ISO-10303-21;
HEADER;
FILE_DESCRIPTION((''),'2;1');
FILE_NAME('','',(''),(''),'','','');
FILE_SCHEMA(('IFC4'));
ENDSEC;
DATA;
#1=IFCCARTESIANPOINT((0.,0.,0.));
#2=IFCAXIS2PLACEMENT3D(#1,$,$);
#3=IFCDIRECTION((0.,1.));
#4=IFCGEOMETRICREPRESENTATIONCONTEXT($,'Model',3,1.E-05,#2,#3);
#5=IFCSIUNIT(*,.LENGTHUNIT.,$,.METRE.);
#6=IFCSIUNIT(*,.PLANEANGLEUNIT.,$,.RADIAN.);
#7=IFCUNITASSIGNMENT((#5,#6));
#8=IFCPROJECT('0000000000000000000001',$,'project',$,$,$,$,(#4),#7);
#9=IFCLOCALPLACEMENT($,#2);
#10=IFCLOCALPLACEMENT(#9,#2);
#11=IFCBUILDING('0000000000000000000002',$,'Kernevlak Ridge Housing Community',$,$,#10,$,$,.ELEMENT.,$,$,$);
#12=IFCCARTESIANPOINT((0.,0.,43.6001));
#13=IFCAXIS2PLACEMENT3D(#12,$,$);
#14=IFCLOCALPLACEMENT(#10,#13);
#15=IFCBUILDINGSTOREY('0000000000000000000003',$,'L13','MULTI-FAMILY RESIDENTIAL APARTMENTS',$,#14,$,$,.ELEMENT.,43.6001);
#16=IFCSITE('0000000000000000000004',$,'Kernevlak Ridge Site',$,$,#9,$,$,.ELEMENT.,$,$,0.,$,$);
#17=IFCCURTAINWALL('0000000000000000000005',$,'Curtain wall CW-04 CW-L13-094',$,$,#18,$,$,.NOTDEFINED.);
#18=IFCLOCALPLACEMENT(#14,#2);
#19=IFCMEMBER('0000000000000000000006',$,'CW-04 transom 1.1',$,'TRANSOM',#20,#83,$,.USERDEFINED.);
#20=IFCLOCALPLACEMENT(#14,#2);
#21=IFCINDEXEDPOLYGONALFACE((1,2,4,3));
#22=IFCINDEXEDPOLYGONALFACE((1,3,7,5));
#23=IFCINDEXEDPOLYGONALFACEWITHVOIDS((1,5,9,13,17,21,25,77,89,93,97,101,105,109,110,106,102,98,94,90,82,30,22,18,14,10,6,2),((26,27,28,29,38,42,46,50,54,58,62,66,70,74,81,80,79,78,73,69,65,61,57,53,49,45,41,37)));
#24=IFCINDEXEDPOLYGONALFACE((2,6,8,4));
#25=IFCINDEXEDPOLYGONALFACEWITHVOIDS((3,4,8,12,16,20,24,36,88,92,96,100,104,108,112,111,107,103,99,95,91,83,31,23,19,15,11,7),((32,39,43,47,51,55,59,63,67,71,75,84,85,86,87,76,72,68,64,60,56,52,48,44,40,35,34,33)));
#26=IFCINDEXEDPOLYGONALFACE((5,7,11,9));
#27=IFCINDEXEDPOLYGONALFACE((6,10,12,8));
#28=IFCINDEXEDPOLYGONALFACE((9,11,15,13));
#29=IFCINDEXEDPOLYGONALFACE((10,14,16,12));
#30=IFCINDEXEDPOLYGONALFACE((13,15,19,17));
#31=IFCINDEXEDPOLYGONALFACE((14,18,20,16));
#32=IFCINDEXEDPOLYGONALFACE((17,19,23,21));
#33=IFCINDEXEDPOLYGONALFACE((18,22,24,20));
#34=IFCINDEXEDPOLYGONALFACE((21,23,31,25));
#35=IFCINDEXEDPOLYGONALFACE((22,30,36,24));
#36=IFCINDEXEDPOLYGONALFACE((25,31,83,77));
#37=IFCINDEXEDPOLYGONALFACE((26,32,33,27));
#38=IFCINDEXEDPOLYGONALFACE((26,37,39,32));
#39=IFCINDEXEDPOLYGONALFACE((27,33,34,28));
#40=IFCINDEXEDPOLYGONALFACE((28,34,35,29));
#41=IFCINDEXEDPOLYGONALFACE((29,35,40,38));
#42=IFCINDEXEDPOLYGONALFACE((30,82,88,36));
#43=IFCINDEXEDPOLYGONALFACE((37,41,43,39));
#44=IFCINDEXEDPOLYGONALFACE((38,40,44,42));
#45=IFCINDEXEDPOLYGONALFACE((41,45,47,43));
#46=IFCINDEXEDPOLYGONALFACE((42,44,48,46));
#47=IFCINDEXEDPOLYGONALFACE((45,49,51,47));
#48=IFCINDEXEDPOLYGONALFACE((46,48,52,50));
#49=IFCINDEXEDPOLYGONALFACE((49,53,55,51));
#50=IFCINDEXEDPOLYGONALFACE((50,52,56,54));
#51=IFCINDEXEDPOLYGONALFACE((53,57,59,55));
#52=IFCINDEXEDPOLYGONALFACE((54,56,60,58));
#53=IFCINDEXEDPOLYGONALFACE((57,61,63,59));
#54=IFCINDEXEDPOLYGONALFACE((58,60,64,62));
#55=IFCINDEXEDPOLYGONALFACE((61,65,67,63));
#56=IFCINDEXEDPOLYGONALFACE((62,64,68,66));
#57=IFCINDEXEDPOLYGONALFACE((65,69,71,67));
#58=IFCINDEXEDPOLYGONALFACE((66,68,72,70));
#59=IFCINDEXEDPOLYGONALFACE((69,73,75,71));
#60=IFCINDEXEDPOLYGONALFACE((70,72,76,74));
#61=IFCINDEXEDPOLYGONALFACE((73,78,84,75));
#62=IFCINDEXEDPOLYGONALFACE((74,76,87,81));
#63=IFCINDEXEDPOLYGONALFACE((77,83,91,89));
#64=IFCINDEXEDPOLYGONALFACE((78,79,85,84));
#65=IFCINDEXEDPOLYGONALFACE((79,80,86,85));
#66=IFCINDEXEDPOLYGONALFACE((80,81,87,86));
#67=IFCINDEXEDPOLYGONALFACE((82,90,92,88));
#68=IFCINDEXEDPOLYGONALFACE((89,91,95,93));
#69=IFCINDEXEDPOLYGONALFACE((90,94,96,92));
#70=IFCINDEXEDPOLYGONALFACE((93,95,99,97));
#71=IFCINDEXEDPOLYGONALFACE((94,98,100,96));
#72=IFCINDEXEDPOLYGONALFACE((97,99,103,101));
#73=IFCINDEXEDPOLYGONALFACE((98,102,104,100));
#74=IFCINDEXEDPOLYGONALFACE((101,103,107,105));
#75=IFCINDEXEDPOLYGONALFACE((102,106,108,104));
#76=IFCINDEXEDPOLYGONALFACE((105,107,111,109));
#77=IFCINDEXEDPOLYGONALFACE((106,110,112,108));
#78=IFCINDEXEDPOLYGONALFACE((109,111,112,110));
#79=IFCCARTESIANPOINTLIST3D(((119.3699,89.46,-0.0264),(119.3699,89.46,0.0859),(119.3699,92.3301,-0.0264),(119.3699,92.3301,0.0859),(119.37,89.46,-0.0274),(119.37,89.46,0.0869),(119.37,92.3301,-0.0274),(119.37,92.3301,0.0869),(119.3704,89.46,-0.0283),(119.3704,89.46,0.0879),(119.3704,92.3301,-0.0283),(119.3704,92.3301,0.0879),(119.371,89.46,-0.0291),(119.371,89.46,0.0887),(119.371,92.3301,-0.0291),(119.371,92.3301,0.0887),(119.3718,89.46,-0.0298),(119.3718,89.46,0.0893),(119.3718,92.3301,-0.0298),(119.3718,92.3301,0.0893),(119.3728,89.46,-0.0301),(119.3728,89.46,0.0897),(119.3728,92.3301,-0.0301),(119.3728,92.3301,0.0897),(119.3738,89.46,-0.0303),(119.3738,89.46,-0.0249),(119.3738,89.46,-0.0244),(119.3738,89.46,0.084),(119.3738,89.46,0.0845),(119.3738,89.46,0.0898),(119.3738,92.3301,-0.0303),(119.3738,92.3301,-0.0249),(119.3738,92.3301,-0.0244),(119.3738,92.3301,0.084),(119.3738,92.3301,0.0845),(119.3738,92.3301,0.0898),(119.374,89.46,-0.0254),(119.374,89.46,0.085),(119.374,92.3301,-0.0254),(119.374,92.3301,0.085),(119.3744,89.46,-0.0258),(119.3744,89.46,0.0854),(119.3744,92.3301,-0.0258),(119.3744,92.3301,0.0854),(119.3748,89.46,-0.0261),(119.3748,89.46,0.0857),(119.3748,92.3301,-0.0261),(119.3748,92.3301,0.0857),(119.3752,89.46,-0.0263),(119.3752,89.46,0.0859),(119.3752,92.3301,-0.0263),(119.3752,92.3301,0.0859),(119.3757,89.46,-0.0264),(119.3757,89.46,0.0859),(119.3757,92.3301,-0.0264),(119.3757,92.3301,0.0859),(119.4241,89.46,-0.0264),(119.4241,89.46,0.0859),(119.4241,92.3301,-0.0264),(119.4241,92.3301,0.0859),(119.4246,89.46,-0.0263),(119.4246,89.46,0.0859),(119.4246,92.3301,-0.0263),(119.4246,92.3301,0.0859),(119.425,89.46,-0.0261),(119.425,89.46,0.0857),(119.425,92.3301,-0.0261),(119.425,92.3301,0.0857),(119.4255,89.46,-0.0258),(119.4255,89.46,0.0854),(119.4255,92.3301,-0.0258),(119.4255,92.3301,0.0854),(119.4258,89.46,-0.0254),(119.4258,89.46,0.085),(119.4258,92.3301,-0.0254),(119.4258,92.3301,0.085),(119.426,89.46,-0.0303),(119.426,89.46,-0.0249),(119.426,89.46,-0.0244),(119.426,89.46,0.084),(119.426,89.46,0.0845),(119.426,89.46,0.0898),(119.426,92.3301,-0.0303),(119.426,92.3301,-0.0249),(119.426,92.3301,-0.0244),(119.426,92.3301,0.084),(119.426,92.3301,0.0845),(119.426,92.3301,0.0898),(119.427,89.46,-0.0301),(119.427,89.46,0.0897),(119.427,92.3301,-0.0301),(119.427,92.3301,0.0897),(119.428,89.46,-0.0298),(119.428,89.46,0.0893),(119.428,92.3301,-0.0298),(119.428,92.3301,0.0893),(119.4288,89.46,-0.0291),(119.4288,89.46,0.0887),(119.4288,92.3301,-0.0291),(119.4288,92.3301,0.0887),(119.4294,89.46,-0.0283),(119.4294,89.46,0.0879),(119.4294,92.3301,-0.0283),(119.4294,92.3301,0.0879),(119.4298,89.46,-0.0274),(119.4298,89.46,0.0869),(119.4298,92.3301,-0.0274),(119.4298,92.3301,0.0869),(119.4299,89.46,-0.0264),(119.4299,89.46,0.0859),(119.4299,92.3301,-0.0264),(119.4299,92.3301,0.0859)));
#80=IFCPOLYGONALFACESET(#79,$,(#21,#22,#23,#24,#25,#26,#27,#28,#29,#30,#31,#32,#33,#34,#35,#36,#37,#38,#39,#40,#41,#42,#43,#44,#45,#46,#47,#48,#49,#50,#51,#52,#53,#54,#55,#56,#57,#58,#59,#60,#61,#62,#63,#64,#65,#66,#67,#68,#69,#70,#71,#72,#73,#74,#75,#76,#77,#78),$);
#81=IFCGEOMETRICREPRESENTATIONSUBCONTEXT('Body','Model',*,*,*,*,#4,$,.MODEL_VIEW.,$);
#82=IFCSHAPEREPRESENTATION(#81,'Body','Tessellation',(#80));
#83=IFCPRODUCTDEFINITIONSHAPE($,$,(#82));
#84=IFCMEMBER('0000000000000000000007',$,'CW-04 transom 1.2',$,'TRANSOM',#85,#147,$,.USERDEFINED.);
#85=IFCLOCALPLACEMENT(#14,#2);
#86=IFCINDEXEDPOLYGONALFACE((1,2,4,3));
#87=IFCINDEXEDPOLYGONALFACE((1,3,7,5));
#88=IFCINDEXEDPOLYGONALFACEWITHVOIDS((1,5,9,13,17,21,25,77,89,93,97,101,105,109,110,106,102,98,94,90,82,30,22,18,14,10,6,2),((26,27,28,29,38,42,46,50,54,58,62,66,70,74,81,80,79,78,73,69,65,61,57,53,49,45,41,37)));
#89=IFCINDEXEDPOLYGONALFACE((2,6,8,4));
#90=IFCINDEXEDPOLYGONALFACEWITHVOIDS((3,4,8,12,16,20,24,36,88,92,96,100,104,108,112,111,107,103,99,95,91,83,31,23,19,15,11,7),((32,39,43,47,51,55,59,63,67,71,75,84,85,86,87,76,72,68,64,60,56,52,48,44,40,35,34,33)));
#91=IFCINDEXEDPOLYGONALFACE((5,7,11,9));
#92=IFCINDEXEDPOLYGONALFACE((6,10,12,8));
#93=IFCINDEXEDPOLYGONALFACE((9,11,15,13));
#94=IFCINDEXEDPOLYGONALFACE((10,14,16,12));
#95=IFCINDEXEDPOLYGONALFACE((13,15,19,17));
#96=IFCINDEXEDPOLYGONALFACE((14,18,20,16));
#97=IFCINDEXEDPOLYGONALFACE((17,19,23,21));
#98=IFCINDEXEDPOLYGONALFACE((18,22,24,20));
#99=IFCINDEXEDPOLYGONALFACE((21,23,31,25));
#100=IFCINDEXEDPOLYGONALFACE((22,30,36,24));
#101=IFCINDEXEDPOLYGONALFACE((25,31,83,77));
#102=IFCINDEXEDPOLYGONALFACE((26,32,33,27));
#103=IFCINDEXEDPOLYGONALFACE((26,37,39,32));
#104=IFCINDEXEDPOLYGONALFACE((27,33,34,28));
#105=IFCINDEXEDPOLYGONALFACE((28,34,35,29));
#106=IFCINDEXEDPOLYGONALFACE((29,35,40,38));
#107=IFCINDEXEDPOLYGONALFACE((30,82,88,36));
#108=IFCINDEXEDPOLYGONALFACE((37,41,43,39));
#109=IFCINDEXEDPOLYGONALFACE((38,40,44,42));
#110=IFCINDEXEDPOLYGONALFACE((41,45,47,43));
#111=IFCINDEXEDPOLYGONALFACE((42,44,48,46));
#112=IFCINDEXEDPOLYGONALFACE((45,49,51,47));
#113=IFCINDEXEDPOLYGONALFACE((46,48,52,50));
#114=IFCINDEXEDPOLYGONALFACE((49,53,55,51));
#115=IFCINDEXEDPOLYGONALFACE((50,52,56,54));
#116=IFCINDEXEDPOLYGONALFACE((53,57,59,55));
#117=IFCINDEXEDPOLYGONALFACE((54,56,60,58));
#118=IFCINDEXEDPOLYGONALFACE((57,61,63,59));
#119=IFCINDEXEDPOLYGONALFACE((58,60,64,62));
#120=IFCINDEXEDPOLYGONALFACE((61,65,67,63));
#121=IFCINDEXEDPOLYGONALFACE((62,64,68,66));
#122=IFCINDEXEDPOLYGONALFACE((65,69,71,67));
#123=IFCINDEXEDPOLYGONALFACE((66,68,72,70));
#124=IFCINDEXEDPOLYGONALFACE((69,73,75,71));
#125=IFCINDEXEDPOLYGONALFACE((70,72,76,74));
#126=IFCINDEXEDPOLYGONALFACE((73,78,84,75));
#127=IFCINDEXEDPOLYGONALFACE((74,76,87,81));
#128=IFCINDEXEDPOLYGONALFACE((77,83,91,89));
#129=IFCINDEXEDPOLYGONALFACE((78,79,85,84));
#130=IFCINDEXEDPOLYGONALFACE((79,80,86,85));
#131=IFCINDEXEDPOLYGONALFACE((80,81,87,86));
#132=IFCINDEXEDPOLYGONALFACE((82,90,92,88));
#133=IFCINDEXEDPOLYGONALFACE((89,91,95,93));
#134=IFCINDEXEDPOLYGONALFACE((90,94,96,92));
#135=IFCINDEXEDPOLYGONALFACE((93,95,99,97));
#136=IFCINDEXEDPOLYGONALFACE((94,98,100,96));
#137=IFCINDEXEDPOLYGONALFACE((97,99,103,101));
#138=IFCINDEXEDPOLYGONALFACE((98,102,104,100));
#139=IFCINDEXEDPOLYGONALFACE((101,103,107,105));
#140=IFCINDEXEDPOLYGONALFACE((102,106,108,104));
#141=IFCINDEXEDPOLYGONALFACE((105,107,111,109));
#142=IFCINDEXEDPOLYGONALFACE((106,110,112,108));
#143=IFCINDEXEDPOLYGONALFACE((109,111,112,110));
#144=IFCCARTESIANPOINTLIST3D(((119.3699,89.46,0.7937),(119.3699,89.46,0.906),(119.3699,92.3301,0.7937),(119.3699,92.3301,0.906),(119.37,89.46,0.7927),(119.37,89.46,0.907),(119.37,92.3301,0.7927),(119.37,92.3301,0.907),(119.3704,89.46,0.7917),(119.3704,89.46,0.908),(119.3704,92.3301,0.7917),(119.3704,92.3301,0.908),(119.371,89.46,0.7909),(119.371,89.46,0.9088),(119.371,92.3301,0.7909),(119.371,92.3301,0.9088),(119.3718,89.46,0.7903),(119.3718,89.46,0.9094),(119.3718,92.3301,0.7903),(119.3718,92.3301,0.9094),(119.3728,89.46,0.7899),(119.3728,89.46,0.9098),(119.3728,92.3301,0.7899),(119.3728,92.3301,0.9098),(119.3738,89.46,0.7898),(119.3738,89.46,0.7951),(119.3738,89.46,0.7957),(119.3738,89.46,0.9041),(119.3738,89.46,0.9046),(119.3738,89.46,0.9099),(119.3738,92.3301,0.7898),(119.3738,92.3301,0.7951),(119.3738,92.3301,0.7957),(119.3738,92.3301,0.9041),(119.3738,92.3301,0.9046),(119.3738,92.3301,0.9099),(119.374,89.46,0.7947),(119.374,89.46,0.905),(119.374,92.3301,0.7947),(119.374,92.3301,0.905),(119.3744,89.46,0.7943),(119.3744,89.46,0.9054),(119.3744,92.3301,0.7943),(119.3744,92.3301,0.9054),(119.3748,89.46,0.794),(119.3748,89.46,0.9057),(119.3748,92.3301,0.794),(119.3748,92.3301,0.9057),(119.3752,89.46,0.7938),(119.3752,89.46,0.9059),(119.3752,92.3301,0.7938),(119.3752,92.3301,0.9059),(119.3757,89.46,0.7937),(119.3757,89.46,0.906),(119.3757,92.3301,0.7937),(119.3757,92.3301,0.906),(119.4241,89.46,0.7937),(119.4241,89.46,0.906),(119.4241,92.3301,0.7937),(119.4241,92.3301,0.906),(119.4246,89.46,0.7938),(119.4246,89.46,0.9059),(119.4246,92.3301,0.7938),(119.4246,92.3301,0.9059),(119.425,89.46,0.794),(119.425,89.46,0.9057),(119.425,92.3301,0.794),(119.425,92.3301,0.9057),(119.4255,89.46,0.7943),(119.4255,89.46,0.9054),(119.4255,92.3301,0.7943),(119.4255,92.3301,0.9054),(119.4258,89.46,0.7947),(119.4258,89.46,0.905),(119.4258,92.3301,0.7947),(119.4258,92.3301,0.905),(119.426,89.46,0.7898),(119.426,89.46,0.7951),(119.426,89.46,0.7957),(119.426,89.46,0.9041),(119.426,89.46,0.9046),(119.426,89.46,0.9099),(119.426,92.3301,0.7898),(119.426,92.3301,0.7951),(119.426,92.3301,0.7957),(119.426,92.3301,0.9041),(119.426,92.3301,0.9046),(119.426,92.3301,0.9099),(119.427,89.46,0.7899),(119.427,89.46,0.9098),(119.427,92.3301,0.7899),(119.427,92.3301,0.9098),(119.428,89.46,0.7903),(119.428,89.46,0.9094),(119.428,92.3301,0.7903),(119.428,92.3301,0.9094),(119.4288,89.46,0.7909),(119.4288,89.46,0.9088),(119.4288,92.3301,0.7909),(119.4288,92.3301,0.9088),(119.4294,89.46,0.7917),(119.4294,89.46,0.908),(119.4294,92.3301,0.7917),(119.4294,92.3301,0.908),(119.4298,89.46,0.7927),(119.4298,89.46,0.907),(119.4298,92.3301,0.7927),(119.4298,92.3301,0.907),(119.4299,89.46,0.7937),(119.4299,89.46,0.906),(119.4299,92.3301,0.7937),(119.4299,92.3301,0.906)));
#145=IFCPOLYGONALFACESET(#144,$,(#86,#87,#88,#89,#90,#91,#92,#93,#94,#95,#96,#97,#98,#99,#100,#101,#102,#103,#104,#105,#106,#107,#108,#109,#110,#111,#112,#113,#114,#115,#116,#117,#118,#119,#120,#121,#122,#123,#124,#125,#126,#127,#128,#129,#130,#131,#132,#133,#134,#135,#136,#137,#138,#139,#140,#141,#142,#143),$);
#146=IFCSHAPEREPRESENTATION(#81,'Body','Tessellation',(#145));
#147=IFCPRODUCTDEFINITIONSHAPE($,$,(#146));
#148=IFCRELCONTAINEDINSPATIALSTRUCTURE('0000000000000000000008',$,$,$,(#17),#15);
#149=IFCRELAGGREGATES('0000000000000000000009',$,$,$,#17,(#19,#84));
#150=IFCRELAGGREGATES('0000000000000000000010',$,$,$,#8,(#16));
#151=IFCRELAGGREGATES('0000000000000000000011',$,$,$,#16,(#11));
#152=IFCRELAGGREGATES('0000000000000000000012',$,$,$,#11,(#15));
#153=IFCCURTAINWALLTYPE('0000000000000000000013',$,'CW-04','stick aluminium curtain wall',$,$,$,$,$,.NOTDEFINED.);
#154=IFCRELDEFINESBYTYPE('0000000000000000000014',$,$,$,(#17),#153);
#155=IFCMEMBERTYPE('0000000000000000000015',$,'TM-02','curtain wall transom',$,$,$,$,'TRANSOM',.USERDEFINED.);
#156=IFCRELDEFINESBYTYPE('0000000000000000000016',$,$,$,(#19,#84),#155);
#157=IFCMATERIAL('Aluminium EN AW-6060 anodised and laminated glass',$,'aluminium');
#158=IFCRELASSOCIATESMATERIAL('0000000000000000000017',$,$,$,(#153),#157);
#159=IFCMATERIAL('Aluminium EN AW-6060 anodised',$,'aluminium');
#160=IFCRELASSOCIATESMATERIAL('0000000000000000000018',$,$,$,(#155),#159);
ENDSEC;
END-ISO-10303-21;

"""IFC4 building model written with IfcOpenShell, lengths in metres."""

from ifc_helpers import new_model, si_unit, direction, frame, origin, origin_2d, place, context, subcontext, project, spatial, hollow_rectangle, extrude, material, material_profile, profile_set, type_object, element, aggregate, save


model = new_model("IFC4")

# Units and contexts
model_context = context("Model", 3, precision=1e-05, world=origin(), true_north=direction((0.0, 1.0)))
body_context = subcontext(model_context, "Body", "Model", "MODEL_VIEW")
ifc_project = project(units=[si_unit("LENGTHUNIT", "METRE"), si_unit("PLANEANGLEUNIT", "RADIAN")], contexts=[model_context])

# Site, building, storey
site_placement = place(None, origin())
site = spatial("IfcSite", under=ifc_project, at=site_placement, Name="Kernevlak Ridge Site", CompositionType="ELEMENT", RefElevation=0.0)
building_placement = place(site_placement, origin())
building = spatial("IfcBuilding", under=site, at=building_placement, Name="Kernevlak Ridge Housing Community", CompositionType="ELEMENT")
storey_placement = place(building_placement, frame((0.0, 0.0, 43.6001)))
storey = spatial("IfcBuildingStorey", under=building, at=storey_placement, Name="L13", Description="MULTI-FAMILY RESIDENTIAL APARTMENTS", CompositionType="ELEMENT", Elevation=43.6001)

# Curtain wall
ifc_material_1 = material(Name="Aluminium EN AW-6060 anodised and laminated glass", Category="aluminium")
curtain_wall_type_1 = type_object("IfcCurtainWallType", Name="CW-04", Description="stick aluminium curtain wall", PredefinedType="NOTDEFINED", material=ifc_material_1)
curtain_wall_1_placement = place(storey_placement, origin())
curtain_wall_1 = element("IfcCurtainWall", 1, at=curtain_wall_1_placement, inside=storey, type_object=curtain_wall_type_1, Name="Curtain wall CW-04 CW-L13-094", PredefinedType="NOTDEFINED")
ifc_material_2 = material(Name="Aluminium EN AW-6060 anodised", Category="aluminium")

# Members
ifc_material_profile_1 = material_profile(ifc_material_2, hollow_rectangle(XDim=0.0601, YDim=0.1201, WallThickness=0.0039, InnerFilletRadius=0.002, OuterFilletRadius=0.0039, at=origin_2d()), Name="ALU 60x120x4")
ifc_profile_set_1 = profile_set([ifc_material_profile_1], Name="Aluminium EN AW-6060 anodised")
member_type_1 = type_object("IfcMemberType", Name="TM-02", Description="curtain wall transom", ElementType="TRANSOM", PredefinedType="USERDEFINED", material=ifc_profile_set_1)
member_1_placement = place(storey_placement, frame((119.3999, 89.46, 0.0298), z_axis=(0.0, 1.0, 0.0), x_axis=(-1.0, 0.0, 0.0)))
member_1 = element("IfcMember", 2, at=member_1_placement, type_object=member_type_1, Name="CW-04 transom 1.1", ObjectType="TRANSOM", PredefinedType="USERDEFINED", context=body_context, shape_type="SweptSolid", body=[
    extrude(hollow_rectangle(XDim=0.0601, YDim=0.1201, WallThickness=0.0039, InnerFilletRadius=0.002, OuterFilletRadius=0.0039, at=origin_2d()), origin(), (0.0, 0.0, 1.0), 2.8701),
])
member_2_placement = place(storey_placement, frame((119.3999, 89.46, 0.8499), z_axis=(0.0, 1.0, 0.0), x_axis=(-1.0, 0.0, 0.0)))
member_2 = element("IfcMember", 3, at=member_2_placement, type_object=member_type_1, Name="CW-04 transom 1.2", ObjectType="TRANSOM", PredefinedType="USERDEFINED", context=body_context, shape_type="SweptSolid", body=[
    extrude(hollow_rectangle(XDim=0.0601, YDim=0.1201, WallThickness=0.0039, InnerFilletRadius=0.002, OuterFilletRadius=0.0039, at=origin_2d()), origin(), (0.0, 0.0, 1.0), 2.8701),
])

aggregate(curtain_wall_1, [member_1, member_2])

save(model, "model.ifc")
